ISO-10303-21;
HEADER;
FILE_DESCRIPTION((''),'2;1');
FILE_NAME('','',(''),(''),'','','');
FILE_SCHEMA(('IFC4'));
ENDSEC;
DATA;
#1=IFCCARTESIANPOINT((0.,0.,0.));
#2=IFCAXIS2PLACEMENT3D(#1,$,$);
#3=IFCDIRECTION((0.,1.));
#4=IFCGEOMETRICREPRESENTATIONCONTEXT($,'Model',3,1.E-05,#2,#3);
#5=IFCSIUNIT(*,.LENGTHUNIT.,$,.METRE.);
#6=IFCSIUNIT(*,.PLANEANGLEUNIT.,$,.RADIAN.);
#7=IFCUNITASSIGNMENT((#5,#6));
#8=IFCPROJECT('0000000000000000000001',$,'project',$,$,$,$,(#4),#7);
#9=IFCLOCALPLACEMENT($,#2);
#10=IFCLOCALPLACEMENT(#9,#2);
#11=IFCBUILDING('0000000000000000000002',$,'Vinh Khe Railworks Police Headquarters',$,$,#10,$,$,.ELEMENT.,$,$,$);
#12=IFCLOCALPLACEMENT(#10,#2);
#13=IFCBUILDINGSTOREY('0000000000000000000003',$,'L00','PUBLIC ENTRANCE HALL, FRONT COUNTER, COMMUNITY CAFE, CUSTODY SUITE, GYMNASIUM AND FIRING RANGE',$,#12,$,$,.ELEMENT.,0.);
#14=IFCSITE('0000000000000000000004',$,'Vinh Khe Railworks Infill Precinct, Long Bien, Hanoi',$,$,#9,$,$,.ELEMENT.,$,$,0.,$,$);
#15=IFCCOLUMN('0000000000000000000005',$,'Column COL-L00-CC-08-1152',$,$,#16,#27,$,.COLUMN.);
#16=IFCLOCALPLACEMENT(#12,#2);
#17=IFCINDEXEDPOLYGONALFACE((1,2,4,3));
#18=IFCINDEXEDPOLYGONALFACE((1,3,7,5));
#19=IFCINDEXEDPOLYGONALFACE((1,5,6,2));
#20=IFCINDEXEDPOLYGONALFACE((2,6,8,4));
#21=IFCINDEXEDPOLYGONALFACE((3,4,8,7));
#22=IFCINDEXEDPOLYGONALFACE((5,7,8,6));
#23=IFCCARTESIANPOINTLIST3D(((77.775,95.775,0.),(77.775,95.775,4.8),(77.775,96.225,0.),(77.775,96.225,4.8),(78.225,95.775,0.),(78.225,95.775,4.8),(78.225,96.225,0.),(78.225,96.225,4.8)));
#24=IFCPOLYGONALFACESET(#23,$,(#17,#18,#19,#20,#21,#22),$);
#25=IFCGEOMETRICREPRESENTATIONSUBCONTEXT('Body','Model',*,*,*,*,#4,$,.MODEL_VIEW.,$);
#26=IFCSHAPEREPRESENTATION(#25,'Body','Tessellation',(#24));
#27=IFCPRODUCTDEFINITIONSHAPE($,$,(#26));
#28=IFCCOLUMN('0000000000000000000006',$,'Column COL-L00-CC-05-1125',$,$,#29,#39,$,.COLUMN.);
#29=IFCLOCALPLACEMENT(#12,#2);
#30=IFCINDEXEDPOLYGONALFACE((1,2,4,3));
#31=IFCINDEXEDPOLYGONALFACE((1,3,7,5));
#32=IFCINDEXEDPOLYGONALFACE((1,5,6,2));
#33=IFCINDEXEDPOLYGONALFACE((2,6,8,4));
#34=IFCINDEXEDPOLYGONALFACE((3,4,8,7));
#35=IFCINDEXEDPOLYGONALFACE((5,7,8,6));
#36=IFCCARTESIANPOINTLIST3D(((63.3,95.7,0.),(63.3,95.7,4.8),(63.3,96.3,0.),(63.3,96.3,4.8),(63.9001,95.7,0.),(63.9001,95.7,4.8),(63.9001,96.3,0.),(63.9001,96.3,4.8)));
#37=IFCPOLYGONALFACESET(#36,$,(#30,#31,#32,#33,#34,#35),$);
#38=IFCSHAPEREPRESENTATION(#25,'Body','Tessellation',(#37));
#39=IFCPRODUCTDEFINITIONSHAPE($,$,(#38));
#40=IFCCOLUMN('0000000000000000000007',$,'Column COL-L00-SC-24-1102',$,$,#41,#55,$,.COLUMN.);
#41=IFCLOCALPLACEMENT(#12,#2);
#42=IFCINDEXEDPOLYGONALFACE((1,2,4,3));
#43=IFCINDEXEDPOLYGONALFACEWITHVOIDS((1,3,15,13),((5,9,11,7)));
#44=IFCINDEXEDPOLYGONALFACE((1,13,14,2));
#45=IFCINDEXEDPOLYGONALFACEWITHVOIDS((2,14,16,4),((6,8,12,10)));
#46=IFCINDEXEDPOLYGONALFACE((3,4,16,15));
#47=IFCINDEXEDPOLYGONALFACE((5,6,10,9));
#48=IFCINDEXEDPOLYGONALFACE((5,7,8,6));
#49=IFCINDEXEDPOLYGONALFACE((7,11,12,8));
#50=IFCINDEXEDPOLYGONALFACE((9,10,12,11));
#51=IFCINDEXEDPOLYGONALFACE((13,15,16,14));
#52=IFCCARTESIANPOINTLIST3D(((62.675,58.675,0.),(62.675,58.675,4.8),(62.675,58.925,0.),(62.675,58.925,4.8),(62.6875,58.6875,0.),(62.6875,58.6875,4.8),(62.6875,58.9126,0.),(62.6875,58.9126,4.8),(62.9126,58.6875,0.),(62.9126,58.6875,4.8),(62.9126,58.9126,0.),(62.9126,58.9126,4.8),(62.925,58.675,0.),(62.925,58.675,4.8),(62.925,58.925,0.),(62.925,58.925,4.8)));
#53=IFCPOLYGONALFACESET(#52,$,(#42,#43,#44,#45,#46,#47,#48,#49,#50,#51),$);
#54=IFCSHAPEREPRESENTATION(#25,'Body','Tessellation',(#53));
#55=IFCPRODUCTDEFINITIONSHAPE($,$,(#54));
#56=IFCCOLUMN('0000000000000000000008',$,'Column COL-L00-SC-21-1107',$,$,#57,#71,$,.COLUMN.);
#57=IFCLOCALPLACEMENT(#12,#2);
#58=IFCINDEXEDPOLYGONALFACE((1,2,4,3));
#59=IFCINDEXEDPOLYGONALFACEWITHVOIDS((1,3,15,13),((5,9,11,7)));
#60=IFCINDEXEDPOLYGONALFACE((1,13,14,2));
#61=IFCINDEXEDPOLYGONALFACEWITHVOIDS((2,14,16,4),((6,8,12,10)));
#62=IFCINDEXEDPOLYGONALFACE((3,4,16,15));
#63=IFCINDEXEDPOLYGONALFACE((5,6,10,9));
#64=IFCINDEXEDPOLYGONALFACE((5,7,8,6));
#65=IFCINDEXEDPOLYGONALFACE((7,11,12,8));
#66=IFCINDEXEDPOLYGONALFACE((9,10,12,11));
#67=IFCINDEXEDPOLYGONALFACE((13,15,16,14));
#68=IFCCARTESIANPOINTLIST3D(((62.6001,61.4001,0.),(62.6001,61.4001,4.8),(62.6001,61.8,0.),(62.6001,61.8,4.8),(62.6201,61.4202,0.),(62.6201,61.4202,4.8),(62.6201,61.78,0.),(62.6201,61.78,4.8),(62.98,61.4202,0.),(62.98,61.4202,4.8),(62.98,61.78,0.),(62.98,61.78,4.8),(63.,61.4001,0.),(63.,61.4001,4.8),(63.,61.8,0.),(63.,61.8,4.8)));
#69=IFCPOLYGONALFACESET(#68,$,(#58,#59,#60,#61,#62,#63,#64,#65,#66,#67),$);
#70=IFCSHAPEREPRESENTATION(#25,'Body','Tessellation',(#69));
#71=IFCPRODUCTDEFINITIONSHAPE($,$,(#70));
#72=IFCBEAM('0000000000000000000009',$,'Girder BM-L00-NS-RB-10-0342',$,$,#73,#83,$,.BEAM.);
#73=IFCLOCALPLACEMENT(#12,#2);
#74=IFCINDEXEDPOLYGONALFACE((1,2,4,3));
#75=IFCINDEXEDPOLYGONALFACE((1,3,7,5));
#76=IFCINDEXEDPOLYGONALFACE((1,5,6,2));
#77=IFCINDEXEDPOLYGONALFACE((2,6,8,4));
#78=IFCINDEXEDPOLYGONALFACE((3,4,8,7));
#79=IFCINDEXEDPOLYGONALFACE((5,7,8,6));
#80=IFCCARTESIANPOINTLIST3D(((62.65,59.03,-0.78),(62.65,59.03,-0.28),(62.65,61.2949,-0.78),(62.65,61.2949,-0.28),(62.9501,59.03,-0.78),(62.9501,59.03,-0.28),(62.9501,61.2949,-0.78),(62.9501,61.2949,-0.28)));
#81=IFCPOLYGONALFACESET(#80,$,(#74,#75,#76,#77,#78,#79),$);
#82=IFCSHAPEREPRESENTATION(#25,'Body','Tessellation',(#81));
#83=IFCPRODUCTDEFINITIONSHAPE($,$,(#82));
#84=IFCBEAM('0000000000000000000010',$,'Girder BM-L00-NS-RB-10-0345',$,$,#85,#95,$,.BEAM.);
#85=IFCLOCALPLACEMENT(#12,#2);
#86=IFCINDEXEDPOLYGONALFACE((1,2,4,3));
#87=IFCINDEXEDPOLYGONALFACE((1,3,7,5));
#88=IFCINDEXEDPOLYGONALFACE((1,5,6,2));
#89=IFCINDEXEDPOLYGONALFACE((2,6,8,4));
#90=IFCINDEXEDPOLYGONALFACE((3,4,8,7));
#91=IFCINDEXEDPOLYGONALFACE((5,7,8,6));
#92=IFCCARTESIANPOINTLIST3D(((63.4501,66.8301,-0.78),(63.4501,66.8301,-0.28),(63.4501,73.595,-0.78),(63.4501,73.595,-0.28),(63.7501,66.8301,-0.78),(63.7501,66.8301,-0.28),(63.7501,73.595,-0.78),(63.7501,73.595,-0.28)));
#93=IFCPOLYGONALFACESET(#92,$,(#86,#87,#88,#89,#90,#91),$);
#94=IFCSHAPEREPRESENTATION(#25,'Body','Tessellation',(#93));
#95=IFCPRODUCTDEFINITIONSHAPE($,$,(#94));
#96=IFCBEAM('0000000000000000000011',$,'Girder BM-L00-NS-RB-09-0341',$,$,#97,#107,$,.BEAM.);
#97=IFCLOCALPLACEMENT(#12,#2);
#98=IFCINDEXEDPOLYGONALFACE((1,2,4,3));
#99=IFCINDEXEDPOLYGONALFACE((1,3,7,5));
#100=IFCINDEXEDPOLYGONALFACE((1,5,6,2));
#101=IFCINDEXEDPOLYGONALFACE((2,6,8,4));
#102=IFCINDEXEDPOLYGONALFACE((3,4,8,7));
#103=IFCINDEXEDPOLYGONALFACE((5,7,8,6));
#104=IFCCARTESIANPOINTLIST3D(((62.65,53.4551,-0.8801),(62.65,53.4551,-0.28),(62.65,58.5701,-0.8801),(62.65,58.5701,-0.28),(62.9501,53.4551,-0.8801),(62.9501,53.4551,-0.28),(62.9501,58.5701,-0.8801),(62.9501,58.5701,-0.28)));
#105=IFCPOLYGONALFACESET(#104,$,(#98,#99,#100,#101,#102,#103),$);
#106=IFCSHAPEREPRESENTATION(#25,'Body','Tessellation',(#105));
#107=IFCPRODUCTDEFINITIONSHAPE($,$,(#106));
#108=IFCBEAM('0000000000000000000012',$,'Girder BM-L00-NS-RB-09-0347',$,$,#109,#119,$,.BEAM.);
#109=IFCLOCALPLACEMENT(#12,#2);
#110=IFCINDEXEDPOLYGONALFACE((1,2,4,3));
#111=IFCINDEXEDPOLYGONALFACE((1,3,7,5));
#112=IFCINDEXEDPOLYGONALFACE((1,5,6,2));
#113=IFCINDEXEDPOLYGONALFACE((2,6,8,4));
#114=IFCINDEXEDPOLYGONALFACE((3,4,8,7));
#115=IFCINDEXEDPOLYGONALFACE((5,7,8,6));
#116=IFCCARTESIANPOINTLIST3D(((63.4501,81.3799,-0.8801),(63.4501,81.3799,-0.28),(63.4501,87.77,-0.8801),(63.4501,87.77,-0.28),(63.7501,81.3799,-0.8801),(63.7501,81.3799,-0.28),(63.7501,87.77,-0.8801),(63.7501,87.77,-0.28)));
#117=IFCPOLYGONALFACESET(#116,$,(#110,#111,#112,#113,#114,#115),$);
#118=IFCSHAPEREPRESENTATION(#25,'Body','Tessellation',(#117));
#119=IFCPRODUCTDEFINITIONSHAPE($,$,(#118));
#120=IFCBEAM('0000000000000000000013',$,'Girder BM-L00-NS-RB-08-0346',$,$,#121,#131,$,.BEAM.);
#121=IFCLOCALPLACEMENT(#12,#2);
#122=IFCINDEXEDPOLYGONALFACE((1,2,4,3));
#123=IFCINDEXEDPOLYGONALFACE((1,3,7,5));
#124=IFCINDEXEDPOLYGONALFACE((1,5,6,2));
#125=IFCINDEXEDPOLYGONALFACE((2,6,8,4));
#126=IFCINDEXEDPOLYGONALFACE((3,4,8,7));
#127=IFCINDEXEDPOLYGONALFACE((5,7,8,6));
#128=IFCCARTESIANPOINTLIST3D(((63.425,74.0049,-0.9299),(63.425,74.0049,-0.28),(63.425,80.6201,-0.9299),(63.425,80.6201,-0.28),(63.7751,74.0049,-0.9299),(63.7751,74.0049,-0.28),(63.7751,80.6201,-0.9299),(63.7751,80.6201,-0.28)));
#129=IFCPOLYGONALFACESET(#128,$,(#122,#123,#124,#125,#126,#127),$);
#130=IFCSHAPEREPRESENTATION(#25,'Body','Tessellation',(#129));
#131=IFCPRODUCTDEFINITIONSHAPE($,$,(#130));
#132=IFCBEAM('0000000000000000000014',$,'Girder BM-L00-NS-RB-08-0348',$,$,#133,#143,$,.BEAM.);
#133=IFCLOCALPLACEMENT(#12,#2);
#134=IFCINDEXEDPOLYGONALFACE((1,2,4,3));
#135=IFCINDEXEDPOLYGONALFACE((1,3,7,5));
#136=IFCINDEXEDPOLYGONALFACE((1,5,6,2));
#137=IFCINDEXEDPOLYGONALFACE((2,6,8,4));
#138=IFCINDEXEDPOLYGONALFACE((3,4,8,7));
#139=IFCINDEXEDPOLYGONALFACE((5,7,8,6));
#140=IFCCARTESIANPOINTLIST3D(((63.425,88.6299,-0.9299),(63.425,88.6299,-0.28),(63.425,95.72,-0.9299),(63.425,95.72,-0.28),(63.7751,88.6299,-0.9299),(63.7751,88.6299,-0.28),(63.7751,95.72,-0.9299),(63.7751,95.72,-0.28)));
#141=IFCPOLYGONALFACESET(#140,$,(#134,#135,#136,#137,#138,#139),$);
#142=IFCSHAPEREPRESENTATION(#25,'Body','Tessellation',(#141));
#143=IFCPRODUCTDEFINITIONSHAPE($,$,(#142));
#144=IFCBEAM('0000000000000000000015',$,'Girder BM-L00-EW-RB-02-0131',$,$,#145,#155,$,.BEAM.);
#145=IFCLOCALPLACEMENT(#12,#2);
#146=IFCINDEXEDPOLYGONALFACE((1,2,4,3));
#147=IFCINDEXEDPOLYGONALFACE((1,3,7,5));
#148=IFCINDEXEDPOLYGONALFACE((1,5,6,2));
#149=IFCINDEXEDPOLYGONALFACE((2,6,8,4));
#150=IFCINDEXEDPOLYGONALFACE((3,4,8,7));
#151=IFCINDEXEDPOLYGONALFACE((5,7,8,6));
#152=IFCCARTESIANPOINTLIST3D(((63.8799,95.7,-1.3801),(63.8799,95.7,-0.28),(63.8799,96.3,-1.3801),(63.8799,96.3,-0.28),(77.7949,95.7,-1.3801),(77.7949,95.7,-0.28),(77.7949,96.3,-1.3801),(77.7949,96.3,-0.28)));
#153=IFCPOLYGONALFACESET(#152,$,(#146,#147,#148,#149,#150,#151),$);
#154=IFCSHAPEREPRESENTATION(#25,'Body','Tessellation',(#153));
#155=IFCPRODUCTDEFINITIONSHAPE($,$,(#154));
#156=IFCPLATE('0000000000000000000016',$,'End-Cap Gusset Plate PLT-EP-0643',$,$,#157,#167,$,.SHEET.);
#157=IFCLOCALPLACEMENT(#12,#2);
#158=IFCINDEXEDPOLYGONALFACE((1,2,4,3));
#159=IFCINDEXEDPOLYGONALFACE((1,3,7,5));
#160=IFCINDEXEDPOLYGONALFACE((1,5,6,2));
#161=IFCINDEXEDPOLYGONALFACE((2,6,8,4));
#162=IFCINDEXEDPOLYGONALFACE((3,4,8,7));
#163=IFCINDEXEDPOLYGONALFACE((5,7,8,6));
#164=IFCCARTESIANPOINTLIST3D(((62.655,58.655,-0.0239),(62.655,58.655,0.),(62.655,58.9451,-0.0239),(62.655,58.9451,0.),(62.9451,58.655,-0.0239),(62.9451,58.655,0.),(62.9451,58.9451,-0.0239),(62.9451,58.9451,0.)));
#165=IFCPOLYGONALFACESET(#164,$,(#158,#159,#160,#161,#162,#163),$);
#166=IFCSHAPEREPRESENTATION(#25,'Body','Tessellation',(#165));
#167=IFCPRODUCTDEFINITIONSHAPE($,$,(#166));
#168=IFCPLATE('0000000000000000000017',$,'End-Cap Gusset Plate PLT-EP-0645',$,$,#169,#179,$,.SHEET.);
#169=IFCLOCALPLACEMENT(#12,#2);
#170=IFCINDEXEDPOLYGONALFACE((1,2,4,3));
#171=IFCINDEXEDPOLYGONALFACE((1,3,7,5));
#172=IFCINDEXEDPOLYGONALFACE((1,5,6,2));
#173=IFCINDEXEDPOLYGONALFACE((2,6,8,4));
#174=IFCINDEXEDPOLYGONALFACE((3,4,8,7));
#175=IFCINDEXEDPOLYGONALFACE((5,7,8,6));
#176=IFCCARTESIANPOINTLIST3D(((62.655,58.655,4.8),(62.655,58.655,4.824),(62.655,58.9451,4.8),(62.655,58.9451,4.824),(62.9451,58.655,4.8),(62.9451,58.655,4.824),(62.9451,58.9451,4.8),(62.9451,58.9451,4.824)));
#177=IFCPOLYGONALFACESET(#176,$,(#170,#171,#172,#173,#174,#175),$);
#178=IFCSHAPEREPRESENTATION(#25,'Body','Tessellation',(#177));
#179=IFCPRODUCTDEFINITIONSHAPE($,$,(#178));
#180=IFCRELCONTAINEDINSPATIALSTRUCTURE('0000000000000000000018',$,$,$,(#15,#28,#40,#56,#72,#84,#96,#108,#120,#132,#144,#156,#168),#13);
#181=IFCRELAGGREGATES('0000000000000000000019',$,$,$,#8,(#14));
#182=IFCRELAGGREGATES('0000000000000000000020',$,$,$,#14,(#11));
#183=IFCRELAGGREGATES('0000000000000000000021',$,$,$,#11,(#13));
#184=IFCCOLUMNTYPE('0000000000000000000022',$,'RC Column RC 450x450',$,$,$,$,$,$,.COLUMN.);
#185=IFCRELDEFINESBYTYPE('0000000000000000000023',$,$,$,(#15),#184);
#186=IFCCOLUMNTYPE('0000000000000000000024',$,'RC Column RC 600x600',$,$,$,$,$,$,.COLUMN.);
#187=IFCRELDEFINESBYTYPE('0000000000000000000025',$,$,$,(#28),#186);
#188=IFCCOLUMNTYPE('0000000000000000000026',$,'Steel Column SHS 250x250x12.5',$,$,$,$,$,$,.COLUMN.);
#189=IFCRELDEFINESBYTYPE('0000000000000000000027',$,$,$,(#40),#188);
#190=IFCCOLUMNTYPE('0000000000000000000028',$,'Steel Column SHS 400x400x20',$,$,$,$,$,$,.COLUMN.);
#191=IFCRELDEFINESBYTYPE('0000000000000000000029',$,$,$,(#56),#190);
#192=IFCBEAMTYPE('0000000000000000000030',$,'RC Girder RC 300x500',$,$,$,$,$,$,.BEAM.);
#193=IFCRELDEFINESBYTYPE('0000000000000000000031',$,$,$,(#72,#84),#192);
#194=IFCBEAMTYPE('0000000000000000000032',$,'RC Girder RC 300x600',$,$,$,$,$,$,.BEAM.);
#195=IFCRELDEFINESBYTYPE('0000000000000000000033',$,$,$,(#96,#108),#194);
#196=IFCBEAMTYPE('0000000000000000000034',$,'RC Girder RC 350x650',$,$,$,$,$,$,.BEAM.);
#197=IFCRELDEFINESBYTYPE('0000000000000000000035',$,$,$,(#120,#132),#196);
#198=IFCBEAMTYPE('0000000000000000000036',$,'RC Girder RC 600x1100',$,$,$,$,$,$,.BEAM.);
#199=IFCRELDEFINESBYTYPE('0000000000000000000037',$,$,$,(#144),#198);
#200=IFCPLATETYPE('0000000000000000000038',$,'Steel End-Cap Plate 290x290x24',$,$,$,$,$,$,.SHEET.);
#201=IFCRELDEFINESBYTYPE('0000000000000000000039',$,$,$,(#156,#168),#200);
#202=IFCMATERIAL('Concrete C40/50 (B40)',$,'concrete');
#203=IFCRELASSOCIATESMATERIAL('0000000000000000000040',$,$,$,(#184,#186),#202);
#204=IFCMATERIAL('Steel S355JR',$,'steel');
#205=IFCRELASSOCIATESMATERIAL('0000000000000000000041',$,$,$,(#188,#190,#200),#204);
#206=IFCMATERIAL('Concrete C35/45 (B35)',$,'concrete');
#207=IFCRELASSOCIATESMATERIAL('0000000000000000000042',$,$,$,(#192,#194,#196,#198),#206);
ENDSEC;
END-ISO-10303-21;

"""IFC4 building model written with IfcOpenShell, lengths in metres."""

from ifc_helpers import new_model, si_unit, direction, frame, origin, origin_2d, place, context, subcontext, project, spatial, rectangle, hollow_rectangle, extrude, material, material_profile, profile_set, type_object, element, save


model = new_model("IFC4")

# Units and contexts
model_context = context("Model", 3, precision=1e-05, world=origin(), true_north=direction((0.0, 1.0)))
body_context = subcontext(model_context, "Body", "Model", "MODEL_VIEW")
ifc_project = project(units=[si_unit("LENGTHUNIT", "METRE"), si_unit("PLANEANGLEUNIT", "RADIAN")], contexts=[model_context])

# Site, building, storey
site_placement = place(None, origin())
site = spatial("IfcSite", under=ifc_project, at=site_placement, Name="Vinh Khe Railworks Infill Precinct, Long Bien, Hanoi", CompositionType="ELEMENT", RefElevation=0.0)
building_placement = place(site_placement, origin())
building = spatial("IfcBuilding", under=site, at=building_placement, Name="Vinh Khe Railworks Police Headquarters", CompositionType="ELEMENT")
storey_placement = place(building_placement, origin())
storey = spatial("IfcBuildingStorey", under=building, at=storey_placement, Name="L00", Description="PUBLIC ENTRANCE HALL, FRONT COUNTER, COMMUNITY CAFE, CUSTODY SUITE, GYMNASIUM AND FIRING RANGE", CompositionType="ELEMENT", Elevation=0.0)

# Columns
ifc_material_1 = material(Name="Concrete C40/50 (B40)", Category="concrete")
ifc_material_profile_1 = material_profile(ifc_material_1, rectangle(XDim=0.45, YDim=0.45, at=origin_2d()), Name="RC 450x450")
ifc_profile_set_1 = profile_set([ifc_material_profile_1], Name="Concrete C40/50 (B40)")
column_type_1 = type_object("IfcColumnType", Name="RC Column RC 450x450", PredefinedType="COLUMN", material=ifc_profile_set_1)
column_1_placement = place(storey_placement, frame((78.0, 96.0, 0.0), z_axis=(0.0, 0.0, 1.0), x_axis=(1.0, 0.0, 0.0)))
element("IfcColumn", 1, at=column_1_placement, inside=storey, type_object=column_type_1, Name="Column COL-L00-CC-08-1152", PredefinedType="COLUMN", context=body_context, shape_type="SweptSolid", body=[
    extrude(rectangle(XDim=0.45, YDim=0.45, at=origin_2d()), origin(), (0.0, 0.0, 1.0), 4.8),
])
ifc_material_profile_2 = material_profile(ifc_material_1, rectangle(XDim=0.6001, YDim=0.6001, at=origin_2d()), Name="RC 600x600")
ifc_profile_set_2 = profile_set([ifc_material_profile_2], Name="Concrete C40/50 (B40)")
column_type_2 = type_object("IfcColumnType", Name="RC Column RC 600x600", PredefinedType="COLUMN", material=ifc_profile_set_2)
column_2_placement = place(storey_placement, frame((63.6001, 96.0, 0.0), z_axis=(0.0, 0.0, 1.0), x_axis=(1.0, 0.0, 0.0)))
element("IfcColumn", 2, at=column_2_placement, inside=storey, type_object=column_type_2, Name="Column COL-L00-CC-05-1125", PredefinedType="COLUMN", context=body_context, shape_type="SweptSolid", body=[
    extrude(rectangle(XDim=0.6001, YDim=0.6001, at=origin_2d()), origin(), (0.0, 0.0, 1.0), 4.8),
])
ifc_material_2 = material(Name="Steel S355JR", Category="steel")
ifc_material_profile_3 = material_profile(ifc_material_2, hollow_rectangle(XDim=0.25, YDim=0.25, WallThickness=0.0125, at=origin_2d()), Name="SHS 250x250x12.5")
ifc_profile_set_3 = profile_set([ifc_material_profile_3], Name="Steel S355JR")
column_type_3 = type_object("IfcColumnType", Name="Steel Column SHS 250x250x12.5", PredefinedType="COLUMN", material=ifc_profile_set_3)
column_3_placement = place(storey_placement, frame((62.8, 58.8, 0.0), z_axis=(0.0, 0.0, 1.0), x_axis=(1.0, 0.0, 0.0)))
element("IfcColumn", 3, at=column_3_placement, inside=storey, type_object=column_type_3, Name="Column COL-L00-SC-24-1102", PredefinedType="COLUMN", context=body_context, shape_type="SweptSolid", body=[
    extrude(hollow_rectangle(XDim=0.25, YDim=0.25, WallThickness=0.0125, at=origin_2d()), origin(), (0.0, 0.0, 1.0), 4.8),
])
ifc_material_profile_4 = material_profile(ifc_material_2, hollow_rectangle(XDim=0.3999, YDim=0.3999, WallThickness=0.02, at=origin_2d()), Name="SHS 400x400x20")
ifc_profile_set_4 = profile_set([ifc_material_profile_4], Name="Steel S355JR")
column_type_4 = type_object("IfcColumnType", Name="Steel Column SHS 400x400x20", PredefinedType="COLUMN", material=ifc_profile_set_4)
column_4_placement = place(storey_placement, frame((62.8, 61.6001, 0.0), z_axis=(0.0, 0.0, 1.0), x_axis=(1.0, 0.0, 0.0)))
element("IfcColumn", 4, at=column_4_placement, inside=storey, type_object=column_type_4, Name="Column COL-L00-SC-21-1107", PredefinedType="COLUMN", context=body_context, shape_type="SweptSolid", body=[
    extrude(hollow_rectangle(XDim=0.3999, YDim=0.3999, WallThickness=0.02, at=origin_2d()), origin(), (0.0, 0.0, 1.0), 4.8),
])

# Beams
ifc_material_3 = material(Name="Concrete C35/45 (B35)", Category="concrete")
ifc_material_profile_5 = material_profile(ifc_material_3, rectangle(XDim=0.3, YDim=0.5, at=origin_2d()), Name="RC 300x500")
ifc_profile_set_5 = profile_set([ifc_material_profile_5], Name="Concrete C35/45 (B35)")
beam_type_1 = type_object("IfcBeamType", Name="RC Girder RC 300x500", PredefinedType="BEAM", material=ifc_profile_set_5)
beam_1_placement = place(storey_placement, frame((62.8, 59.03, -0.53), z_axis=(0.0, 1.0, 0.0), x_axis=(-1.0, 0.0, 0.0)))
element("IfcBeam", 5, at=beam_1_placement, inside=storey, type_object=beam_type_1, Name="Girder BM-L00-NS-RB-10-0342", PredefinedType="BEAM", context=body_context, shape_type="SweptSolid", body=[
    extrude(rectangle(XDim=0.3, YDim=0.5, at=origin_2d()), origin(), (0.0, 0.0, 1.0), 2.2649),
])
beam_2_placement = place(storey_placement, frame((63.6001, 66.8301, -0.53), z_axis=(0.0, 1.0, 0.0), x_axis=(-1.0, 0.0, 0.0)))
element("IfcBeam", 6, at=beam_2_placement, inside=storey, type_object=beam_type_1, Name="Girder BM-L00-NS-RB-10-0345", PredefinedType="BEAM", context=body_context, shape_type="SweptSolid", body=[
    extrude(rectangle(XDim=0.3, YDim=0.5, at=origin_2d()), origin(), (0.0, 0.0, 1.0), 6.7649),
])
ifc_material_profile_6 = material_profile(ifc_material_3, rectangle(XDim=0.3, YDim=0.6001, at=origin_2d()), Name="RC 300x600")
ifc_profile_set_6 = profile_set([ifc_material_profile_6], Name="Concrete C35/45 (B35)")
beam_type_2 = type_object("IfcBeamType", Name="RC Girder RC 300x600", PredefinedType="BEAM", material=ifc_profile_set_6)
beam_3_placement = place(storey_placement, frame((62.8, 53.4551, -0.5801), z_axis=(0.0, 1.0, 0.0), x_axis=(-1.0, 0.0, 0.0)))
element("IfcBeam", 7, at=beam_3_placement, inside=storey, type_object=beam_type_2, Name="Girder BM-L00-NS-RB-09-0341", PredefinedType="BEAM", context=body_context, shape_type="SweptSolid", body=[
    extrude(rectangle(XDim=0.3, YDim=0.6001, at=origin_2d()), origin(), (0.0, 0.0, 1.0), 5.115),
])
beam_4_placement = place(storey_placement, frame((63.6001, 81.3799, -0.5801), z_axis=(0.0, 1.0, 0.0), x_axis=(-1.0, 0.0, 0.0)))
element("IfcBeam", 8, at=beam_4_placement, inside=storey, type_object=beam_type_2, Name="Girder BM-L00-NS-RB-09-0347", PredefinedType="BEAM", context=body_context, shape_type="SweptSolid", body=[
    extrude(rectangle(XDim=0.3, YDim=0.6001, at=origin_2d()), origin(), (0.0, 0.0, 1.0), 6.3901),
])
ifc_material_profile_7 = material_profile(ifc_material_3, rectangle(XDim=0.3501, YDim=0.6499, at=origin_2d()), Name="RC 350x650")
ifc_profile_set_7 = profile_set([ifc_material_profile_7], Name="Concrete C35/45 (B35)")
beam_type_3 = type_object("IfcBeamType", Name="RC Girder RC 350x650", PredefinedType="BEAM", material=ifc_profile_set_7)
beam_5_placement = place(storey_placement, frame((63.6001, 74.0049, -0.605), z_axis=(0.0, 1.0, 0.0), x_axis=(-1.0, 0.0, 0.0)))
element("IfcBeam", 9, at=beam_5_placement, inside=storey, type_object=beam_type_3, Name="Girder BM-L00-NS-RB-08-0346", PredefinedType="BEAM", context=body_context, shape_type="SweptSolid", body=[
    extrude(rectangle(XDim=0.3501, YDim=0.6499, at=origin_2d()), origin(), (0.0, 0.0, 1.0), 6.6152),
])
beam_6_placement = place(storey_placement, frame((63.6001, 88.6299, -0.605), z_axis=(0.0, 1.0, 0.0), x_axis=(-1.0, 0.0, 0.0)))
element("IfcBeam", 10, at=beam_6_placement, inside=storey, type_object=beam_type_3, Name="Girder BM-L00-NS-RB-08-0348", PredefinedType="BEAM", context=body_context, shape_type="SweptSolid", body=[
    extrude(rectangle(XDim=0.3501, YDim=0.6499, at=origin_2d()), origin(), (0.0, 0.0, 1.0), 7.0901),
])
ifc_material_profile_8 = material_profile(ifc_material_3, rectangle(XDim=0.6001, YDim=1.1001, at=origin_2d()), Name="RC 600x1100")
ifc_profile_set_8 = profile_set([ifc_material_profile_8], Name="Concrete C35/45 (B35)")
beam_type_4 = type_object("IfcBeamType", Name="RC Girder RC 600x1100", PredefinedType="BEAM", material=ifc_profile_set_8)
beam_7_placement = place(storey_placement, frame((63.8799, 96.0, -0.8301), z_axis=(1.0, 0.0, 0.0), x_axis=(0.0, 1.0, 0.0)))
element("IfcBeam", 11, at=beam_7_placement, inside=storey, type_object=beam_type_4, Name="Girder BM-L00-EW-RB-02-0131", PredefinedType="BEAM", context=body_context, shape_type="SweptSolid", body=[
    extrude(rectangle(XDim=0.6001, YDim=1.1001, at=origin_2d()), origin(), (0.0, 0.0, 1.0), 13.915),
])

# Plates
ifc_material_profile_9 = material_profile(ifc_material_2, rectangle(XDim=0.29, YDim=0.29, at=origin_2d()), Name="PL 290x290")
ifc_profile_set_9 = profile_set([ifc_material_profile_9], Name="Steel S355JR")
plate_type_1 = type_object("IfcPlateType", Name="Steel End-Cap Plate 290x290x24", PredefinedType="SHEET", material=ifc_profile_set_9)
for number, where, z_axis, x_axis, name in (
    (12, (62.8, 58.8, 0.0), (0.0, 0.0, -1.0), (1.0, 0.0, 0.0), "End-Cap Gusset Plate PLT-EP-0643"),
    (13, (62.8, 58.8, 4.8), (0.0, 0.0, 1.0), (1.0, 0.0, 0.0), "End-Cap Gusset Plate PLT-EP-0645"),
):
    element("IfcPlate", number, at=place(storey_placement, frame(where, z_axis=z_axis, x_axis=x_axis)), inside=storey, type_object=plate_type_1, Name=name, PredefinedType="SHEET", context=body_context, shape_type="SweptSolid", body=[
        extrude(rectangle(XDim=0.29, YDim=0.29, at=origin_2d()), origin(), (0.0, 0.0, 1.0), 0.0239),
    ])

save(model, "model.ifc")
